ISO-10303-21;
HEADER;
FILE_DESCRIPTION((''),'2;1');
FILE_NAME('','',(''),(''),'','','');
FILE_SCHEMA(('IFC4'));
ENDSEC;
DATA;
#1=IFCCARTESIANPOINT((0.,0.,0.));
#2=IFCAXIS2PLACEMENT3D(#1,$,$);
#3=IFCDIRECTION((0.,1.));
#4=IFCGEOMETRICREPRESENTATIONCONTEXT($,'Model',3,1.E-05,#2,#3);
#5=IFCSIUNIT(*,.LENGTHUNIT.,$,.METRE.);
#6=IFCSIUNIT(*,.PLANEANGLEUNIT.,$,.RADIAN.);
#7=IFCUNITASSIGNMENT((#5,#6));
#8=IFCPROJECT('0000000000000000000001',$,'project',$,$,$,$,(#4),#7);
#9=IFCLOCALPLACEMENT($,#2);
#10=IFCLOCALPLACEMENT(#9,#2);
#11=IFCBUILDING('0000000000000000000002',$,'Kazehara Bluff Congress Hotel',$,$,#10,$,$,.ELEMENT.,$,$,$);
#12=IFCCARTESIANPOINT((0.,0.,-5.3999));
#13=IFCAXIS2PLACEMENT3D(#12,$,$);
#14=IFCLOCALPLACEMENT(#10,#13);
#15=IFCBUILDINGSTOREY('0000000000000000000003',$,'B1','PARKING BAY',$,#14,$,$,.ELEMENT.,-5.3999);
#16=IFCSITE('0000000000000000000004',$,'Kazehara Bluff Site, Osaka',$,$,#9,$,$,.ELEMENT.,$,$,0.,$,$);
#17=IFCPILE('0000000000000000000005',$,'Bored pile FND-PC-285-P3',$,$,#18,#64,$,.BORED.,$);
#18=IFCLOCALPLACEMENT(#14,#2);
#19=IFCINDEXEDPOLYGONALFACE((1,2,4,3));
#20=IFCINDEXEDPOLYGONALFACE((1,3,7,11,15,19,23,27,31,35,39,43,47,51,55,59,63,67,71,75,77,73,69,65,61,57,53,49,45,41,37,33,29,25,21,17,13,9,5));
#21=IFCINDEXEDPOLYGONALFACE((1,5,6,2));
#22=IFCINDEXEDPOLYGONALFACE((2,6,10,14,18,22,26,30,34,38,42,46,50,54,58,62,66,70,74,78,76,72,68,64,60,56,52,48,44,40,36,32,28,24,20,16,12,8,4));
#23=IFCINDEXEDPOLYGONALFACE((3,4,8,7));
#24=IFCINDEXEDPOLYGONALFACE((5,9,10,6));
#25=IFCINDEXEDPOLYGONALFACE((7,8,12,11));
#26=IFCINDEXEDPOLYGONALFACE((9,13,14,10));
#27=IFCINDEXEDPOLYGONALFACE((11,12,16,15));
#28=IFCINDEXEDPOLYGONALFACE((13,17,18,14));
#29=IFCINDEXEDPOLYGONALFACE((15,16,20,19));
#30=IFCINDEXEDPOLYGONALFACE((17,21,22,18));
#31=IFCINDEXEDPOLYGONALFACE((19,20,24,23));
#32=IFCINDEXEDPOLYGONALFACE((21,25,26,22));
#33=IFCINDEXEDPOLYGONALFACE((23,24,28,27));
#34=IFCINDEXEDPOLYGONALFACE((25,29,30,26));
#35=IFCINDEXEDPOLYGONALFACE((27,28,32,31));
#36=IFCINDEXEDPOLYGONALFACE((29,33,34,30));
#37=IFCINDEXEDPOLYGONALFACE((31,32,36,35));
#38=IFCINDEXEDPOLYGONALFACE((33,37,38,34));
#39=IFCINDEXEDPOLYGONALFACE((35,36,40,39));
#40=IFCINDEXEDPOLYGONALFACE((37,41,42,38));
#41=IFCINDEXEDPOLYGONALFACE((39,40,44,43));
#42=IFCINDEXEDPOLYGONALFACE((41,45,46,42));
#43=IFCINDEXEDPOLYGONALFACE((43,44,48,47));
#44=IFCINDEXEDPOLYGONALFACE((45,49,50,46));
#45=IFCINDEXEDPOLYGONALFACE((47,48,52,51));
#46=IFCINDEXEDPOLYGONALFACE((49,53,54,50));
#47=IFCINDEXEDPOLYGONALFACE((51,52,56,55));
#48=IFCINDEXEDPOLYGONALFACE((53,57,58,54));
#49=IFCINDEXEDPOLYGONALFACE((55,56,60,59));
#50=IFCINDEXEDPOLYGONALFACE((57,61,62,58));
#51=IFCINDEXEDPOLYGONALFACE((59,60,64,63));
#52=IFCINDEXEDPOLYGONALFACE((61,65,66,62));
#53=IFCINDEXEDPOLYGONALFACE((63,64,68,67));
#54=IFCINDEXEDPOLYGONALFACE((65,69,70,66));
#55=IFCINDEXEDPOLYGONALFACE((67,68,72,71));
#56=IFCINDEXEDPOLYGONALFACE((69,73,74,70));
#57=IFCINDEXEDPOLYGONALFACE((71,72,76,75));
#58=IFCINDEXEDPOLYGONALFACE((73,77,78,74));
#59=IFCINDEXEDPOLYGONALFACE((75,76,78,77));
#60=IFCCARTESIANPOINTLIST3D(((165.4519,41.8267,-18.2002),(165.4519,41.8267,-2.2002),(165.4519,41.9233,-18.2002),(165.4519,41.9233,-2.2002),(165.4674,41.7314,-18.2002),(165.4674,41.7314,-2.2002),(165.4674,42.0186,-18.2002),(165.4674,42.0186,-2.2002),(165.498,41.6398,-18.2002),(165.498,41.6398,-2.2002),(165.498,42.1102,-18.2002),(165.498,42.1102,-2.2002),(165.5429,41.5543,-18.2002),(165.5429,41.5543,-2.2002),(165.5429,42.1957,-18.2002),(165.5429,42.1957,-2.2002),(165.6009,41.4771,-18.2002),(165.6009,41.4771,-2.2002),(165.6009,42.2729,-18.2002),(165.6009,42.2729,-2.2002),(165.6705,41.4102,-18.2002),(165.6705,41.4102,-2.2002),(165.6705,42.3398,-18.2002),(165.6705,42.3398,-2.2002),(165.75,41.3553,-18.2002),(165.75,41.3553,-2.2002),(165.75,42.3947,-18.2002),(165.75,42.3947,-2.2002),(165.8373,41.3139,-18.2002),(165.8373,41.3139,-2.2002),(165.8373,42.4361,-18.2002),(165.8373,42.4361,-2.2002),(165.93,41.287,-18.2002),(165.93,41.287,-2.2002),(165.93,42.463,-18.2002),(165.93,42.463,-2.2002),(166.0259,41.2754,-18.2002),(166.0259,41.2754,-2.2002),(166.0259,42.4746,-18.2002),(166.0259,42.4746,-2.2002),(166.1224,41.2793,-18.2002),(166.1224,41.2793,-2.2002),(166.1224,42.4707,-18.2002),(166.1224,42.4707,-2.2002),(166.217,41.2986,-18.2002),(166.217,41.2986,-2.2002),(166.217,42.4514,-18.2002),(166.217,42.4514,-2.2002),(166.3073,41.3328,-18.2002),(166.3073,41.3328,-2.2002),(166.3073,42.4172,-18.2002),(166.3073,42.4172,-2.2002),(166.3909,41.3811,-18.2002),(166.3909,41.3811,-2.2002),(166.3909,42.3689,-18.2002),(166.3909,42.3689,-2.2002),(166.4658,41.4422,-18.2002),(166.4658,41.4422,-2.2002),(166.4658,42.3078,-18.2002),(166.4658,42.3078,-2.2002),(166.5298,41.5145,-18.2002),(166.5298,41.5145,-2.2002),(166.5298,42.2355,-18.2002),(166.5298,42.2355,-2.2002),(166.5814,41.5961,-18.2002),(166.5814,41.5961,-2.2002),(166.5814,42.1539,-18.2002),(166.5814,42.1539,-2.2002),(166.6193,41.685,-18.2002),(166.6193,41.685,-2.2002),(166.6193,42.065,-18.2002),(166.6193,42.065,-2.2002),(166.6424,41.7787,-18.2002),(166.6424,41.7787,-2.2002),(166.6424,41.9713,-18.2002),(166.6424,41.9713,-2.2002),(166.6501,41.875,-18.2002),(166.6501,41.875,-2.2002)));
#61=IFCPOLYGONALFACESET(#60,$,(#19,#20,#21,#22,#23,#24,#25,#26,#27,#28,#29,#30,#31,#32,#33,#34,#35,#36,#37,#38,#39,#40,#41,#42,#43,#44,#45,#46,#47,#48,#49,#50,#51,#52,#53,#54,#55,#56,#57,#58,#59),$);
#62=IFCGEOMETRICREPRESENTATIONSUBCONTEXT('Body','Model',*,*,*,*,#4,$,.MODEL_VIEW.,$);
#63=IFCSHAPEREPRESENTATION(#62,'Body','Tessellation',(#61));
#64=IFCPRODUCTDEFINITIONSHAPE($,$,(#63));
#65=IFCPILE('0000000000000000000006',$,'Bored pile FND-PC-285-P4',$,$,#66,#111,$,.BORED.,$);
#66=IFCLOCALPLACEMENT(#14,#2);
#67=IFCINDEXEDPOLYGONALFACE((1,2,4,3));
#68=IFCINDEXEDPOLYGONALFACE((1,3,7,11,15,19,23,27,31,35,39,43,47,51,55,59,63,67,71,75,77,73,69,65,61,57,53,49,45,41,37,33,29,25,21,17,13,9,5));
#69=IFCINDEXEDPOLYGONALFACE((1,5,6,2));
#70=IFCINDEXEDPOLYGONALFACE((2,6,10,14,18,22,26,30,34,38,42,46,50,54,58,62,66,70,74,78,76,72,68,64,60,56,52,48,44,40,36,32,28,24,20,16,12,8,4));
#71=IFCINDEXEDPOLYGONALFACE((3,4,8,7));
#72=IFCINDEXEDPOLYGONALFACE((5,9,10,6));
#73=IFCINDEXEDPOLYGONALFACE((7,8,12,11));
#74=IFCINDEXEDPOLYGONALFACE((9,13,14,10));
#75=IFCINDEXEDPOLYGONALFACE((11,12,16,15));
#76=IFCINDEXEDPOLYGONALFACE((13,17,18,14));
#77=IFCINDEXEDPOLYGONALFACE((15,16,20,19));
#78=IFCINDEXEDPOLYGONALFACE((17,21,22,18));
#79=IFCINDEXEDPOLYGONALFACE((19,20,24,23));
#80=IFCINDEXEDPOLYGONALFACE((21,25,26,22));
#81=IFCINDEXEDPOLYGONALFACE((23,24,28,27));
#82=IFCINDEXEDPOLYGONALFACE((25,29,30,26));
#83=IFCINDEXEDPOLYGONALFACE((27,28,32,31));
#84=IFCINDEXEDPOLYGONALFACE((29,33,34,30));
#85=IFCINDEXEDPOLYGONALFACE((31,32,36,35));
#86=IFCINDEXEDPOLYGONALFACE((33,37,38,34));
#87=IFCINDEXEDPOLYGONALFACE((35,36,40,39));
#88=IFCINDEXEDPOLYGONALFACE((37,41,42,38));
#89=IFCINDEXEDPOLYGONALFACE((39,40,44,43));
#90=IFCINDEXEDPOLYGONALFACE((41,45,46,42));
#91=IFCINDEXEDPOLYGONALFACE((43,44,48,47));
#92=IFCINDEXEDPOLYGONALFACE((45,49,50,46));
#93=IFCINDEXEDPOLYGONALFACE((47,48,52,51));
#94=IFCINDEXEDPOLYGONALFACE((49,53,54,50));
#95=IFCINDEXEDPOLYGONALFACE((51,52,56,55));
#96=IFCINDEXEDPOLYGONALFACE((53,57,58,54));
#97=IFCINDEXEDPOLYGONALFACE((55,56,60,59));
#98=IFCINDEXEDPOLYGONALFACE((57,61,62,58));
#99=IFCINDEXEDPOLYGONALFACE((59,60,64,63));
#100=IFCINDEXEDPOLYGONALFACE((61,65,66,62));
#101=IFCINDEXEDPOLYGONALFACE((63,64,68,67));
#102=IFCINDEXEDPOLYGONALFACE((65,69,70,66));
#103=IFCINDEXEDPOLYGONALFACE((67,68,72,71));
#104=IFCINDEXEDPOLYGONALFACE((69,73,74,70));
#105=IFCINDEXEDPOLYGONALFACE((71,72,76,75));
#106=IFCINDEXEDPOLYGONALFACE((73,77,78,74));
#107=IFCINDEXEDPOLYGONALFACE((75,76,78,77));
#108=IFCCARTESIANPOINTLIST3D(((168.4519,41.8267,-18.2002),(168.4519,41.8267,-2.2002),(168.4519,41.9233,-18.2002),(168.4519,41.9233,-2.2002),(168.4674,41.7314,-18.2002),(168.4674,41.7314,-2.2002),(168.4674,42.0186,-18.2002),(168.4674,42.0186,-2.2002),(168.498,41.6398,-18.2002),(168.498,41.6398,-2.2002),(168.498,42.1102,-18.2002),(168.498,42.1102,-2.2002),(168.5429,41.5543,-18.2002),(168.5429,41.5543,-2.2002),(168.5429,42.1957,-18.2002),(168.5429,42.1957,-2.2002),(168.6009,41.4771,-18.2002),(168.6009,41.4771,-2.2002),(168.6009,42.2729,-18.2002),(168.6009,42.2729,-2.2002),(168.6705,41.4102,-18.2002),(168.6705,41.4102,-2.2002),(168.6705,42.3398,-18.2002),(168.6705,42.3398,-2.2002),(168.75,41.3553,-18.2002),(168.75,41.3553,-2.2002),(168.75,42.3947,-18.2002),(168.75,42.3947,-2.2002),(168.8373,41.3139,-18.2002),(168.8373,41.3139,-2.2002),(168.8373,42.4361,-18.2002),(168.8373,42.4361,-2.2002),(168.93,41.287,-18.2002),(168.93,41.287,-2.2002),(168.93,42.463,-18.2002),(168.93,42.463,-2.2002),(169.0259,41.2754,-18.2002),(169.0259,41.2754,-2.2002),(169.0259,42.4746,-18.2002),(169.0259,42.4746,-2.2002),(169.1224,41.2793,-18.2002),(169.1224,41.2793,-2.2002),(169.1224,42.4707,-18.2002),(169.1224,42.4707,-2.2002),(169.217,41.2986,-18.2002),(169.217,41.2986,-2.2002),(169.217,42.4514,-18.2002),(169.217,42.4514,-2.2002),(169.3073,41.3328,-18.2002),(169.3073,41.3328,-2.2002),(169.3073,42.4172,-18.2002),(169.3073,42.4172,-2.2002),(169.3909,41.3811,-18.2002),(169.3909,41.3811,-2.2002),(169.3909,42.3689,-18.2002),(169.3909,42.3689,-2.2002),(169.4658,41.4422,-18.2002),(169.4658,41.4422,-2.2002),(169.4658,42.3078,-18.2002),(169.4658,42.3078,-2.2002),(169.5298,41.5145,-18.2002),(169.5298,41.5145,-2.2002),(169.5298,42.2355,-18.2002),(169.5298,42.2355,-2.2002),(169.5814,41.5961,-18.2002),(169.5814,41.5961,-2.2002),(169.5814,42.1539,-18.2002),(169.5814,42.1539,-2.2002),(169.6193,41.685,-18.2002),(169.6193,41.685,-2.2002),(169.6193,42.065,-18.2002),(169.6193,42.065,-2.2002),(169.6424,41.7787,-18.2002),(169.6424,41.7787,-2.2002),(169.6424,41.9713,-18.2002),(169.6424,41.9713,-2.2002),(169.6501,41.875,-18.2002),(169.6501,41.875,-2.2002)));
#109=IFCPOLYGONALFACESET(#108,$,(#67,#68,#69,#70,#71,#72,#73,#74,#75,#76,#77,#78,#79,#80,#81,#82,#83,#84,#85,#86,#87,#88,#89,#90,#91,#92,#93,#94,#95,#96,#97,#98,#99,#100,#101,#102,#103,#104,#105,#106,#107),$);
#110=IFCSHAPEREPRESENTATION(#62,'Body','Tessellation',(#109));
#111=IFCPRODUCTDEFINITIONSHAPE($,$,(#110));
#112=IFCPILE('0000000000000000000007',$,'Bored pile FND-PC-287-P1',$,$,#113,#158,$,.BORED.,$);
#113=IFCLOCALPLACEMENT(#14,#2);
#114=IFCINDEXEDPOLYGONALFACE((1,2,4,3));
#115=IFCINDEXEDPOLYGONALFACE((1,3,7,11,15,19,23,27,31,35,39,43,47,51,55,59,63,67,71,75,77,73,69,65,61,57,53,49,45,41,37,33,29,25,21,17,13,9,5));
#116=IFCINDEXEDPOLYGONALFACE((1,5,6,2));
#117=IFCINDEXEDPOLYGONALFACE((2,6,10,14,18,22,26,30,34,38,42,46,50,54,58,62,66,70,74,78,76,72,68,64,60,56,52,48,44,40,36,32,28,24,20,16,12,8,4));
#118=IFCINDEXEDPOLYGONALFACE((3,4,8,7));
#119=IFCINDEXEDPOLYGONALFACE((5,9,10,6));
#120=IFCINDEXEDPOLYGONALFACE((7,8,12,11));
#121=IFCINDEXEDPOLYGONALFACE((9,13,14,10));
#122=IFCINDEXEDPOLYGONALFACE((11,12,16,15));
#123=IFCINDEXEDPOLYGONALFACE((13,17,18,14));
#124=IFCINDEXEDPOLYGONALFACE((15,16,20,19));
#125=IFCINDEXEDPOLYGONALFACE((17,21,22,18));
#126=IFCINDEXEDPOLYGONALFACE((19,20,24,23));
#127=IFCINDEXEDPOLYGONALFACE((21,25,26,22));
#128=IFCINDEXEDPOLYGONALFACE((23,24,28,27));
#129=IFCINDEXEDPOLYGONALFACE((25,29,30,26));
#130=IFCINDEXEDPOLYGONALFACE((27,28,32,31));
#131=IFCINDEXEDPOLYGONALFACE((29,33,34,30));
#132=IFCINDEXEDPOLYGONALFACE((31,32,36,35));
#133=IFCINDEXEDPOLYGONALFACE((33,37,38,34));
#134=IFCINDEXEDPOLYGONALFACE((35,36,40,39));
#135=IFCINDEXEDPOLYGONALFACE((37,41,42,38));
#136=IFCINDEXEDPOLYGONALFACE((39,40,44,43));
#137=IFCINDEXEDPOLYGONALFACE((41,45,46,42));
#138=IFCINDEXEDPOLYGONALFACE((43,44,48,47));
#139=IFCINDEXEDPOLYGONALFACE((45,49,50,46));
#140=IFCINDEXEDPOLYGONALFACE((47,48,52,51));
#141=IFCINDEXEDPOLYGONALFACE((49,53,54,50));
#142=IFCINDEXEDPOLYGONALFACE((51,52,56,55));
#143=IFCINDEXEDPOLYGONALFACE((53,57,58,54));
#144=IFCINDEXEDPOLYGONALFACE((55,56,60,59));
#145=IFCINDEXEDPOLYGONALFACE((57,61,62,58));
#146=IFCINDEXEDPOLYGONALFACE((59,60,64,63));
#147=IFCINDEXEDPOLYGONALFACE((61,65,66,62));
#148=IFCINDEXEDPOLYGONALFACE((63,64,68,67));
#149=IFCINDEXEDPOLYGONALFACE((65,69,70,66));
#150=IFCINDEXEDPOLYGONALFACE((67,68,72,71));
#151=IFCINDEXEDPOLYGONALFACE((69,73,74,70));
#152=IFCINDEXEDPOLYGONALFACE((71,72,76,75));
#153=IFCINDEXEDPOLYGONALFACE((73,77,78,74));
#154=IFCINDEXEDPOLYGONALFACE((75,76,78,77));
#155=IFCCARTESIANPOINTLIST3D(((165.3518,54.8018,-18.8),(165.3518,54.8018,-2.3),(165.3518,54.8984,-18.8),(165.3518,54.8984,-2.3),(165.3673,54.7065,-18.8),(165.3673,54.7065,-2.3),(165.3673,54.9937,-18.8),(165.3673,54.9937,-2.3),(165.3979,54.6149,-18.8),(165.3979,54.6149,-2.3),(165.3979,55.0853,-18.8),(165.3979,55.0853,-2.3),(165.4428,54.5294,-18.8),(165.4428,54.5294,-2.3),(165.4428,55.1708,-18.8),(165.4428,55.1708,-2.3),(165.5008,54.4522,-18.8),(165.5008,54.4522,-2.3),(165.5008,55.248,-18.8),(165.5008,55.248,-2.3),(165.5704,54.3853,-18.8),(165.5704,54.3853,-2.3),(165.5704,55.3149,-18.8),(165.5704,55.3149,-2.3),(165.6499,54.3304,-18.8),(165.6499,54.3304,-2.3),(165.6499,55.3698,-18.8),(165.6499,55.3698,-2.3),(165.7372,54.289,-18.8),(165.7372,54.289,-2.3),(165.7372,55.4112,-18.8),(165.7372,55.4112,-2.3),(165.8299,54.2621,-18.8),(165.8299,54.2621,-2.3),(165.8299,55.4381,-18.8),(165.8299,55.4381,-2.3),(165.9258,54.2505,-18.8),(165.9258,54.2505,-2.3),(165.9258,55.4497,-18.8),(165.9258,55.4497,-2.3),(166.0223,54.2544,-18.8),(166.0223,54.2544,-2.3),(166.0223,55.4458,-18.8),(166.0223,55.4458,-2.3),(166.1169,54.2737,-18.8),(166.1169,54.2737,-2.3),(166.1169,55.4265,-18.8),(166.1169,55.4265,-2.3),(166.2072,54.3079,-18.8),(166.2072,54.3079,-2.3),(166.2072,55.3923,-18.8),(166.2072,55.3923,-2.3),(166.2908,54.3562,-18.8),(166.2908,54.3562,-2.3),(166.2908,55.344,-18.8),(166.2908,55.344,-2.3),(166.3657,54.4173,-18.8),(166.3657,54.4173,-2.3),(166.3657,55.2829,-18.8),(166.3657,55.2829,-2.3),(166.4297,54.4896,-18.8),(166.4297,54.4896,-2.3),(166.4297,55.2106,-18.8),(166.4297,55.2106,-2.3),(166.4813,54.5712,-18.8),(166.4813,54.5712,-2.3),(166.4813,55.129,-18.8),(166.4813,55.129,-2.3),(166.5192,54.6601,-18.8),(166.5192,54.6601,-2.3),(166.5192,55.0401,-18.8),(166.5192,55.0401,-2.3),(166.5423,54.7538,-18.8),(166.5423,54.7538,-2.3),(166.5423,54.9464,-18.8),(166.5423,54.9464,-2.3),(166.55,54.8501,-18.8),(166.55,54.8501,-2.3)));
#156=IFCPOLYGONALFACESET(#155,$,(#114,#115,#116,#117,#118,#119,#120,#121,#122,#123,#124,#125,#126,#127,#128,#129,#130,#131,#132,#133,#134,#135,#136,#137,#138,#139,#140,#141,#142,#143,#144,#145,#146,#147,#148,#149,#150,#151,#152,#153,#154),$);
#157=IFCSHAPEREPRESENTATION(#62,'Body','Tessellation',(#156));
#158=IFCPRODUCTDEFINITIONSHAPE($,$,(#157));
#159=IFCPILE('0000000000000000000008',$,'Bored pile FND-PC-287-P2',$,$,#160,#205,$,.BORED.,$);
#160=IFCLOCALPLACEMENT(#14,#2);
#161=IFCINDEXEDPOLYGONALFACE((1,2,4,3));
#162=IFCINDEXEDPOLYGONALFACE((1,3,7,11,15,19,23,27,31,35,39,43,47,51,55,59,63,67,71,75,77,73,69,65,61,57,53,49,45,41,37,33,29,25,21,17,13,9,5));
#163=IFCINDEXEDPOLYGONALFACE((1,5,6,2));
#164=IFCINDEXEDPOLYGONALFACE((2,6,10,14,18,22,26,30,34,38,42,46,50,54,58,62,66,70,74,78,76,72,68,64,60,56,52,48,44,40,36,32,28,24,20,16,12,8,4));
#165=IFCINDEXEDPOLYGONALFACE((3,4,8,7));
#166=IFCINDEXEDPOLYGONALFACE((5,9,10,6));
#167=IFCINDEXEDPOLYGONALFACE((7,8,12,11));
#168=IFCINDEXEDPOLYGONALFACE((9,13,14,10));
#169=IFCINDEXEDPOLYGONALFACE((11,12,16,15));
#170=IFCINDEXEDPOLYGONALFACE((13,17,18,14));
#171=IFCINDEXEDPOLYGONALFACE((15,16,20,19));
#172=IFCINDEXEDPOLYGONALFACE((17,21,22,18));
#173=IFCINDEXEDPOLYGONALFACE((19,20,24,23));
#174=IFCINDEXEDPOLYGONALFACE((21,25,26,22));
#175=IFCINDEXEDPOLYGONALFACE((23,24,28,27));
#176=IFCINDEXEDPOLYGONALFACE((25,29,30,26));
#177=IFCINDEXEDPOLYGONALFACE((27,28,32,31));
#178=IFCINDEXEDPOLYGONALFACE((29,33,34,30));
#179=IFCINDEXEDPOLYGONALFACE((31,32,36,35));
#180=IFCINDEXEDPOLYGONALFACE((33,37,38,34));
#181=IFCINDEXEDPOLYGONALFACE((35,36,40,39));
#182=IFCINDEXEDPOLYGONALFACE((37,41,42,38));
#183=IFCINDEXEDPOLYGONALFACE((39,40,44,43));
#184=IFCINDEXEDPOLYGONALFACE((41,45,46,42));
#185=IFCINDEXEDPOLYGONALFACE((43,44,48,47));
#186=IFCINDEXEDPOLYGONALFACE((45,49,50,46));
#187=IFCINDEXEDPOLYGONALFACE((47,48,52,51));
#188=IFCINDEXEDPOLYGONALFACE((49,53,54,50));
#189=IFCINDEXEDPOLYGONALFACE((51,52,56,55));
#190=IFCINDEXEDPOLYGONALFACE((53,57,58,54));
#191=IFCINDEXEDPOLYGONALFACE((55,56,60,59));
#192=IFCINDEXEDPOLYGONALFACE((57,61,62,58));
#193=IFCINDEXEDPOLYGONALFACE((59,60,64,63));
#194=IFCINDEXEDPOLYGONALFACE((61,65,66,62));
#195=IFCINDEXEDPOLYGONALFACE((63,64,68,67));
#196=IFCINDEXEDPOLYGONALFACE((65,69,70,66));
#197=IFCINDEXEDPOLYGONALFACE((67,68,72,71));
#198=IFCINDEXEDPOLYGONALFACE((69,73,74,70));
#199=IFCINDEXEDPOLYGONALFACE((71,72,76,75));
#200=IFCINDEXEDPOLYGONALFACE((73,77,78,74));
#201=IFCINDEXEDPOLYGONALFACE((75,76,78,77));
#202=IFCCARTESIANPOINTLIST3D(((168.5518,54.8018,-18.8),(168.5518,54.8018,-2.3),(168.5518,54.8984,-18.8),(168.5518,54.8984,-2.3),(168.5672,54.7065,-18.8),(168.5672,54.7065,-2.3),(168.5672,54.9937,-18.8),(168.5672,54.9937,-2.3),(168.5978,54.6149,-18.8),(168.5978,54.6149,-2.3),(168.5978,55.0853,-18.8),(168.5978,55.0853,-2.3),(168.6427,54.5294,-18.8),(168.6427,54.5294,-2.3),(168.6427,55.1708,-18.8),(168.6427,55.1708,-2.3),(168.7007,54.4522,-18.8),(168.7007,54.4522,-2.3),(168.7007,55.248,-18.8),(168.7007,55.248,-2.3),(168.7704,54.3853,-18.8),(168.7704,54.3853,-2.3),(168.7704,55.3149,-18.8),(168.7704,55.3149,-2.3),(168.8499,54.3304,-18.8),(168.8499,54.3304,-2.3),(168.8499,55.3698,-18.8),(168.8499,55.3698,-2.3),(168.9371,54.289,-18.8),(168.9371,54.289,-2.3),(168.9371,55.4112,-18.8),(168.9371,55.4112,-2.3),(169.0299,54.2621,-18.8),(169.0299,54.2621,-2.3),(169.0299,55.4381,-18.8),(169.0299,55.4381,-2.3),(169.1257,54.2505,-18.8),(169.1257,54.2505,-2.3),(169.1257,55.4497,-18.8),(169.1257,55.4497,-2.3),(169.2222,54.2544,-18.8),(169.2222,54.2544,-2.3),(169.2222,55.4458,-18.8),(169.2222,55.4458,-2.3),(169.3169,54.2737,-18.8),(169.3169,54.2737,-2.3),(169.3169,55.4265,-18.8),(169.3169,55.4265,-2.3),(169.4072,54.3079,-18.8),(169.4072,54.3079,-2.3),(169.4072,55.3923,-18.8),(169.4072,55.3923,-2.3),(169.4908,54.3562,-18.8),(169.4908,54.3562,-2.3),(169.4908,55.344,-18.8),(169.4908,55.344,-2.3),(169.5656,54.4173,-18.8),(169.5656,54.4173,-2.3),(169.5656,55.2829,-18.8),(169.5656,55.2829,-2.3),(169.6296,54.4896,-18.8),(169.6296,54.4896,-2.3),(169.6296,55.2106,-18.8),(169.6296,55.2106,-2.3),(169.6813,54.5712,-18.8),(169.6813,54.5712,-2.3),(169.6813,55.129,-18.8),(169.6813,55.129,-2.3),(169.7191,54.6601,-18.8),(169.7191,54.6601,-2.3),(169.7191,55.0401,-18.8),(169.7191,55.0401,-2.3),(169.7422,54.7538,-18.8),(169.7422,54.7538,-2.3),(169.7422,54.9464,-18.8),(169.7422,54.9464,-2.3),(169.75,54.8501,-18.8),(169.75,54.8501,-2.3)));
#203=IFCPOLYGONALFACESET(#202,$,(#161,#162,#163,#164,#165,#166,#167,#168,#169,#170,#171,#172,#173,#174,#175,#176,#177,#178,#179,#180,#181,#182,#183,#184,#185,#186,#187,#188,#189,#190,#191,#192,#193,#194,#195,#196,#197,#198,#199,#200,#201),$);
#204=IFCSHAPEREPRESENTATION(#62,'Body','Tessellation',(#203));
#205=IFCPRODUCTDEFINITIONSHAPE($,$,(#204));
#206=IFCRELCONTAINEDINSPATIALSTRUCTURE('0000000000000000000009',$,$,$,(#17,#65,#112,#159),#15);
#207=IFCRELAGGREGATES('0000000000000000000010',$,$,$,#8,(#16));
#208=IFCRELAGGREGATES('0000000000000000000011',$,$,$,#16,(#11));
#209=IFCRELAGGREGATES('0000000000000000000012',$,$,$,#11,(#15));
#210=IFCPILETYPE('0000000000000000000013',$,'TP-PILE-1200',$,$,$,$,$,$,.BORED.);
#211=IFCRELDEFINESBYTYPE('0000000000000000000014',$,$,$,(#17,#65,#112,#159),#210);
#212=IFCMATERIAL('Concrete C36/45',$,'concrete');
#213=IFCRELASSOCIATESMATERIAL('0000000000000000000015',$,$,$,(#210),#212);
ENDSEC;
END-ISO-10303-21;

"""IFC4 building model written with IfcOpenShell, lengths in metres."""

from ifc_helpers import new_model, si_unit, direction, frame, origin, origin_2d, place, context, subcontext, project, spatial, circle, extrude, material, material_profile, profile_set, type_object, element, save


model = new_model("IFC4")

# Units and contexts
model_context = context("Model", 3, precision=1e-05, world=origin(), true_north=direction((0.0, 1.0)))
body_context = subcontext(model_context, "Body", "Model", "MODEL_VIEW")
ifc_project = project(units=[si_unit("LENGTHUNIT", "METRE"), si_unit("PLANEANGLEUNIT", "RADIAN")], contexts=[model_context])

# Site, building, storey
site_placement = place(None, origin())
site = spatial("IfcSite", under=ifc_project, at=site_placement, Name="Kazehara Bluff Site, Osaka", CompositionType="ELEMENT", RefElevation=0.0)
building_placement = place(site_placement, origin())
building = spatial("IfcBuilding", under=site, at=building_placement, Name="Kazehara Bluff Congress Hotel", CompositionType="ELEMENT")
storey_placement = place(building_placement, frame((0.0, 0.0, -5.3999)))
storey = spatial("IfcBuildingStorey", under=building, at=storey_placement, Name="B1", Description="PARKING BAY", CompositionType="ELEMENT", Elevation=-5.3999)

# Piles
ifc_material_1 = material(Name="Concrete C36/45", Category="concrete")
ifc_material_profile_1 = material_profile(ifc_material_1, circle(Radius=0.6001, at=origin_2d()))
ifc_profile_set_1 = profile_set([ifc_material_profile_1], Name="Concrete C36/45")
pile_type_1 = type_object("IfcPileType", Name="TP-PILE-1200", PredefinedType="BORED", material=ifc_profile_set_1)
for number, where, z_axis, x_axis, name in (
    (1, (166.05, 41.875, -2.2002), (0.0, 0.0, -1.0), (1.0, 0.0, 0.0), "Bored pile FND-PC-285-P3"),
    (2, (169.05, 41.875, -2.2002), (0.0, 0.0, -1.0), (1.0, 0.0, 0.0), "Bored pile FND-PC-285-P4"),
):
    element("IfcPile", number, at=place(storey_placement, frame(where, z_axis=z_axis, x_axis=x_axis)), inside=storey, type_object=pile_type_1, Name=name, PredefinedType="BORED", context=body_context, shape_type="SweptSolid", body=[
        extrude(circle(Radius=0.6001, at=origin_2d()), origin(), (0.0, 0.0, 1.0), 16.0),
    ])
for number, where, z_axis, x_axis, name in (
    (3, (165.95, 54.8501, -2.3), (0.0, 0.0, -1.0), (1.0, 0.0, 0.0), "Bored pile FND-PC-287-P1"),
    (4, (169.1499, 54.8501, -2.3), (0.0, 0.0, -1.0), (1.0, 0.0, 0.0), "Bored pile FND-PC-287-P2"),
):
    element("IfcPile", number, at=place(storey_placement, frame(where, z_axis=z_axis, x_axis=x_axis)), inside=storey, type_object=pile_type_1, Name=name, PredefinedType="BORED", context=body_context, shape_type="SweptSolid", body=[
        extrude(circle(Radius=0.6001, at=origin_2d()), origin(), (0.0, 0.0, 1.0), 16.5),
    ])

save(model, "model.ifc")
